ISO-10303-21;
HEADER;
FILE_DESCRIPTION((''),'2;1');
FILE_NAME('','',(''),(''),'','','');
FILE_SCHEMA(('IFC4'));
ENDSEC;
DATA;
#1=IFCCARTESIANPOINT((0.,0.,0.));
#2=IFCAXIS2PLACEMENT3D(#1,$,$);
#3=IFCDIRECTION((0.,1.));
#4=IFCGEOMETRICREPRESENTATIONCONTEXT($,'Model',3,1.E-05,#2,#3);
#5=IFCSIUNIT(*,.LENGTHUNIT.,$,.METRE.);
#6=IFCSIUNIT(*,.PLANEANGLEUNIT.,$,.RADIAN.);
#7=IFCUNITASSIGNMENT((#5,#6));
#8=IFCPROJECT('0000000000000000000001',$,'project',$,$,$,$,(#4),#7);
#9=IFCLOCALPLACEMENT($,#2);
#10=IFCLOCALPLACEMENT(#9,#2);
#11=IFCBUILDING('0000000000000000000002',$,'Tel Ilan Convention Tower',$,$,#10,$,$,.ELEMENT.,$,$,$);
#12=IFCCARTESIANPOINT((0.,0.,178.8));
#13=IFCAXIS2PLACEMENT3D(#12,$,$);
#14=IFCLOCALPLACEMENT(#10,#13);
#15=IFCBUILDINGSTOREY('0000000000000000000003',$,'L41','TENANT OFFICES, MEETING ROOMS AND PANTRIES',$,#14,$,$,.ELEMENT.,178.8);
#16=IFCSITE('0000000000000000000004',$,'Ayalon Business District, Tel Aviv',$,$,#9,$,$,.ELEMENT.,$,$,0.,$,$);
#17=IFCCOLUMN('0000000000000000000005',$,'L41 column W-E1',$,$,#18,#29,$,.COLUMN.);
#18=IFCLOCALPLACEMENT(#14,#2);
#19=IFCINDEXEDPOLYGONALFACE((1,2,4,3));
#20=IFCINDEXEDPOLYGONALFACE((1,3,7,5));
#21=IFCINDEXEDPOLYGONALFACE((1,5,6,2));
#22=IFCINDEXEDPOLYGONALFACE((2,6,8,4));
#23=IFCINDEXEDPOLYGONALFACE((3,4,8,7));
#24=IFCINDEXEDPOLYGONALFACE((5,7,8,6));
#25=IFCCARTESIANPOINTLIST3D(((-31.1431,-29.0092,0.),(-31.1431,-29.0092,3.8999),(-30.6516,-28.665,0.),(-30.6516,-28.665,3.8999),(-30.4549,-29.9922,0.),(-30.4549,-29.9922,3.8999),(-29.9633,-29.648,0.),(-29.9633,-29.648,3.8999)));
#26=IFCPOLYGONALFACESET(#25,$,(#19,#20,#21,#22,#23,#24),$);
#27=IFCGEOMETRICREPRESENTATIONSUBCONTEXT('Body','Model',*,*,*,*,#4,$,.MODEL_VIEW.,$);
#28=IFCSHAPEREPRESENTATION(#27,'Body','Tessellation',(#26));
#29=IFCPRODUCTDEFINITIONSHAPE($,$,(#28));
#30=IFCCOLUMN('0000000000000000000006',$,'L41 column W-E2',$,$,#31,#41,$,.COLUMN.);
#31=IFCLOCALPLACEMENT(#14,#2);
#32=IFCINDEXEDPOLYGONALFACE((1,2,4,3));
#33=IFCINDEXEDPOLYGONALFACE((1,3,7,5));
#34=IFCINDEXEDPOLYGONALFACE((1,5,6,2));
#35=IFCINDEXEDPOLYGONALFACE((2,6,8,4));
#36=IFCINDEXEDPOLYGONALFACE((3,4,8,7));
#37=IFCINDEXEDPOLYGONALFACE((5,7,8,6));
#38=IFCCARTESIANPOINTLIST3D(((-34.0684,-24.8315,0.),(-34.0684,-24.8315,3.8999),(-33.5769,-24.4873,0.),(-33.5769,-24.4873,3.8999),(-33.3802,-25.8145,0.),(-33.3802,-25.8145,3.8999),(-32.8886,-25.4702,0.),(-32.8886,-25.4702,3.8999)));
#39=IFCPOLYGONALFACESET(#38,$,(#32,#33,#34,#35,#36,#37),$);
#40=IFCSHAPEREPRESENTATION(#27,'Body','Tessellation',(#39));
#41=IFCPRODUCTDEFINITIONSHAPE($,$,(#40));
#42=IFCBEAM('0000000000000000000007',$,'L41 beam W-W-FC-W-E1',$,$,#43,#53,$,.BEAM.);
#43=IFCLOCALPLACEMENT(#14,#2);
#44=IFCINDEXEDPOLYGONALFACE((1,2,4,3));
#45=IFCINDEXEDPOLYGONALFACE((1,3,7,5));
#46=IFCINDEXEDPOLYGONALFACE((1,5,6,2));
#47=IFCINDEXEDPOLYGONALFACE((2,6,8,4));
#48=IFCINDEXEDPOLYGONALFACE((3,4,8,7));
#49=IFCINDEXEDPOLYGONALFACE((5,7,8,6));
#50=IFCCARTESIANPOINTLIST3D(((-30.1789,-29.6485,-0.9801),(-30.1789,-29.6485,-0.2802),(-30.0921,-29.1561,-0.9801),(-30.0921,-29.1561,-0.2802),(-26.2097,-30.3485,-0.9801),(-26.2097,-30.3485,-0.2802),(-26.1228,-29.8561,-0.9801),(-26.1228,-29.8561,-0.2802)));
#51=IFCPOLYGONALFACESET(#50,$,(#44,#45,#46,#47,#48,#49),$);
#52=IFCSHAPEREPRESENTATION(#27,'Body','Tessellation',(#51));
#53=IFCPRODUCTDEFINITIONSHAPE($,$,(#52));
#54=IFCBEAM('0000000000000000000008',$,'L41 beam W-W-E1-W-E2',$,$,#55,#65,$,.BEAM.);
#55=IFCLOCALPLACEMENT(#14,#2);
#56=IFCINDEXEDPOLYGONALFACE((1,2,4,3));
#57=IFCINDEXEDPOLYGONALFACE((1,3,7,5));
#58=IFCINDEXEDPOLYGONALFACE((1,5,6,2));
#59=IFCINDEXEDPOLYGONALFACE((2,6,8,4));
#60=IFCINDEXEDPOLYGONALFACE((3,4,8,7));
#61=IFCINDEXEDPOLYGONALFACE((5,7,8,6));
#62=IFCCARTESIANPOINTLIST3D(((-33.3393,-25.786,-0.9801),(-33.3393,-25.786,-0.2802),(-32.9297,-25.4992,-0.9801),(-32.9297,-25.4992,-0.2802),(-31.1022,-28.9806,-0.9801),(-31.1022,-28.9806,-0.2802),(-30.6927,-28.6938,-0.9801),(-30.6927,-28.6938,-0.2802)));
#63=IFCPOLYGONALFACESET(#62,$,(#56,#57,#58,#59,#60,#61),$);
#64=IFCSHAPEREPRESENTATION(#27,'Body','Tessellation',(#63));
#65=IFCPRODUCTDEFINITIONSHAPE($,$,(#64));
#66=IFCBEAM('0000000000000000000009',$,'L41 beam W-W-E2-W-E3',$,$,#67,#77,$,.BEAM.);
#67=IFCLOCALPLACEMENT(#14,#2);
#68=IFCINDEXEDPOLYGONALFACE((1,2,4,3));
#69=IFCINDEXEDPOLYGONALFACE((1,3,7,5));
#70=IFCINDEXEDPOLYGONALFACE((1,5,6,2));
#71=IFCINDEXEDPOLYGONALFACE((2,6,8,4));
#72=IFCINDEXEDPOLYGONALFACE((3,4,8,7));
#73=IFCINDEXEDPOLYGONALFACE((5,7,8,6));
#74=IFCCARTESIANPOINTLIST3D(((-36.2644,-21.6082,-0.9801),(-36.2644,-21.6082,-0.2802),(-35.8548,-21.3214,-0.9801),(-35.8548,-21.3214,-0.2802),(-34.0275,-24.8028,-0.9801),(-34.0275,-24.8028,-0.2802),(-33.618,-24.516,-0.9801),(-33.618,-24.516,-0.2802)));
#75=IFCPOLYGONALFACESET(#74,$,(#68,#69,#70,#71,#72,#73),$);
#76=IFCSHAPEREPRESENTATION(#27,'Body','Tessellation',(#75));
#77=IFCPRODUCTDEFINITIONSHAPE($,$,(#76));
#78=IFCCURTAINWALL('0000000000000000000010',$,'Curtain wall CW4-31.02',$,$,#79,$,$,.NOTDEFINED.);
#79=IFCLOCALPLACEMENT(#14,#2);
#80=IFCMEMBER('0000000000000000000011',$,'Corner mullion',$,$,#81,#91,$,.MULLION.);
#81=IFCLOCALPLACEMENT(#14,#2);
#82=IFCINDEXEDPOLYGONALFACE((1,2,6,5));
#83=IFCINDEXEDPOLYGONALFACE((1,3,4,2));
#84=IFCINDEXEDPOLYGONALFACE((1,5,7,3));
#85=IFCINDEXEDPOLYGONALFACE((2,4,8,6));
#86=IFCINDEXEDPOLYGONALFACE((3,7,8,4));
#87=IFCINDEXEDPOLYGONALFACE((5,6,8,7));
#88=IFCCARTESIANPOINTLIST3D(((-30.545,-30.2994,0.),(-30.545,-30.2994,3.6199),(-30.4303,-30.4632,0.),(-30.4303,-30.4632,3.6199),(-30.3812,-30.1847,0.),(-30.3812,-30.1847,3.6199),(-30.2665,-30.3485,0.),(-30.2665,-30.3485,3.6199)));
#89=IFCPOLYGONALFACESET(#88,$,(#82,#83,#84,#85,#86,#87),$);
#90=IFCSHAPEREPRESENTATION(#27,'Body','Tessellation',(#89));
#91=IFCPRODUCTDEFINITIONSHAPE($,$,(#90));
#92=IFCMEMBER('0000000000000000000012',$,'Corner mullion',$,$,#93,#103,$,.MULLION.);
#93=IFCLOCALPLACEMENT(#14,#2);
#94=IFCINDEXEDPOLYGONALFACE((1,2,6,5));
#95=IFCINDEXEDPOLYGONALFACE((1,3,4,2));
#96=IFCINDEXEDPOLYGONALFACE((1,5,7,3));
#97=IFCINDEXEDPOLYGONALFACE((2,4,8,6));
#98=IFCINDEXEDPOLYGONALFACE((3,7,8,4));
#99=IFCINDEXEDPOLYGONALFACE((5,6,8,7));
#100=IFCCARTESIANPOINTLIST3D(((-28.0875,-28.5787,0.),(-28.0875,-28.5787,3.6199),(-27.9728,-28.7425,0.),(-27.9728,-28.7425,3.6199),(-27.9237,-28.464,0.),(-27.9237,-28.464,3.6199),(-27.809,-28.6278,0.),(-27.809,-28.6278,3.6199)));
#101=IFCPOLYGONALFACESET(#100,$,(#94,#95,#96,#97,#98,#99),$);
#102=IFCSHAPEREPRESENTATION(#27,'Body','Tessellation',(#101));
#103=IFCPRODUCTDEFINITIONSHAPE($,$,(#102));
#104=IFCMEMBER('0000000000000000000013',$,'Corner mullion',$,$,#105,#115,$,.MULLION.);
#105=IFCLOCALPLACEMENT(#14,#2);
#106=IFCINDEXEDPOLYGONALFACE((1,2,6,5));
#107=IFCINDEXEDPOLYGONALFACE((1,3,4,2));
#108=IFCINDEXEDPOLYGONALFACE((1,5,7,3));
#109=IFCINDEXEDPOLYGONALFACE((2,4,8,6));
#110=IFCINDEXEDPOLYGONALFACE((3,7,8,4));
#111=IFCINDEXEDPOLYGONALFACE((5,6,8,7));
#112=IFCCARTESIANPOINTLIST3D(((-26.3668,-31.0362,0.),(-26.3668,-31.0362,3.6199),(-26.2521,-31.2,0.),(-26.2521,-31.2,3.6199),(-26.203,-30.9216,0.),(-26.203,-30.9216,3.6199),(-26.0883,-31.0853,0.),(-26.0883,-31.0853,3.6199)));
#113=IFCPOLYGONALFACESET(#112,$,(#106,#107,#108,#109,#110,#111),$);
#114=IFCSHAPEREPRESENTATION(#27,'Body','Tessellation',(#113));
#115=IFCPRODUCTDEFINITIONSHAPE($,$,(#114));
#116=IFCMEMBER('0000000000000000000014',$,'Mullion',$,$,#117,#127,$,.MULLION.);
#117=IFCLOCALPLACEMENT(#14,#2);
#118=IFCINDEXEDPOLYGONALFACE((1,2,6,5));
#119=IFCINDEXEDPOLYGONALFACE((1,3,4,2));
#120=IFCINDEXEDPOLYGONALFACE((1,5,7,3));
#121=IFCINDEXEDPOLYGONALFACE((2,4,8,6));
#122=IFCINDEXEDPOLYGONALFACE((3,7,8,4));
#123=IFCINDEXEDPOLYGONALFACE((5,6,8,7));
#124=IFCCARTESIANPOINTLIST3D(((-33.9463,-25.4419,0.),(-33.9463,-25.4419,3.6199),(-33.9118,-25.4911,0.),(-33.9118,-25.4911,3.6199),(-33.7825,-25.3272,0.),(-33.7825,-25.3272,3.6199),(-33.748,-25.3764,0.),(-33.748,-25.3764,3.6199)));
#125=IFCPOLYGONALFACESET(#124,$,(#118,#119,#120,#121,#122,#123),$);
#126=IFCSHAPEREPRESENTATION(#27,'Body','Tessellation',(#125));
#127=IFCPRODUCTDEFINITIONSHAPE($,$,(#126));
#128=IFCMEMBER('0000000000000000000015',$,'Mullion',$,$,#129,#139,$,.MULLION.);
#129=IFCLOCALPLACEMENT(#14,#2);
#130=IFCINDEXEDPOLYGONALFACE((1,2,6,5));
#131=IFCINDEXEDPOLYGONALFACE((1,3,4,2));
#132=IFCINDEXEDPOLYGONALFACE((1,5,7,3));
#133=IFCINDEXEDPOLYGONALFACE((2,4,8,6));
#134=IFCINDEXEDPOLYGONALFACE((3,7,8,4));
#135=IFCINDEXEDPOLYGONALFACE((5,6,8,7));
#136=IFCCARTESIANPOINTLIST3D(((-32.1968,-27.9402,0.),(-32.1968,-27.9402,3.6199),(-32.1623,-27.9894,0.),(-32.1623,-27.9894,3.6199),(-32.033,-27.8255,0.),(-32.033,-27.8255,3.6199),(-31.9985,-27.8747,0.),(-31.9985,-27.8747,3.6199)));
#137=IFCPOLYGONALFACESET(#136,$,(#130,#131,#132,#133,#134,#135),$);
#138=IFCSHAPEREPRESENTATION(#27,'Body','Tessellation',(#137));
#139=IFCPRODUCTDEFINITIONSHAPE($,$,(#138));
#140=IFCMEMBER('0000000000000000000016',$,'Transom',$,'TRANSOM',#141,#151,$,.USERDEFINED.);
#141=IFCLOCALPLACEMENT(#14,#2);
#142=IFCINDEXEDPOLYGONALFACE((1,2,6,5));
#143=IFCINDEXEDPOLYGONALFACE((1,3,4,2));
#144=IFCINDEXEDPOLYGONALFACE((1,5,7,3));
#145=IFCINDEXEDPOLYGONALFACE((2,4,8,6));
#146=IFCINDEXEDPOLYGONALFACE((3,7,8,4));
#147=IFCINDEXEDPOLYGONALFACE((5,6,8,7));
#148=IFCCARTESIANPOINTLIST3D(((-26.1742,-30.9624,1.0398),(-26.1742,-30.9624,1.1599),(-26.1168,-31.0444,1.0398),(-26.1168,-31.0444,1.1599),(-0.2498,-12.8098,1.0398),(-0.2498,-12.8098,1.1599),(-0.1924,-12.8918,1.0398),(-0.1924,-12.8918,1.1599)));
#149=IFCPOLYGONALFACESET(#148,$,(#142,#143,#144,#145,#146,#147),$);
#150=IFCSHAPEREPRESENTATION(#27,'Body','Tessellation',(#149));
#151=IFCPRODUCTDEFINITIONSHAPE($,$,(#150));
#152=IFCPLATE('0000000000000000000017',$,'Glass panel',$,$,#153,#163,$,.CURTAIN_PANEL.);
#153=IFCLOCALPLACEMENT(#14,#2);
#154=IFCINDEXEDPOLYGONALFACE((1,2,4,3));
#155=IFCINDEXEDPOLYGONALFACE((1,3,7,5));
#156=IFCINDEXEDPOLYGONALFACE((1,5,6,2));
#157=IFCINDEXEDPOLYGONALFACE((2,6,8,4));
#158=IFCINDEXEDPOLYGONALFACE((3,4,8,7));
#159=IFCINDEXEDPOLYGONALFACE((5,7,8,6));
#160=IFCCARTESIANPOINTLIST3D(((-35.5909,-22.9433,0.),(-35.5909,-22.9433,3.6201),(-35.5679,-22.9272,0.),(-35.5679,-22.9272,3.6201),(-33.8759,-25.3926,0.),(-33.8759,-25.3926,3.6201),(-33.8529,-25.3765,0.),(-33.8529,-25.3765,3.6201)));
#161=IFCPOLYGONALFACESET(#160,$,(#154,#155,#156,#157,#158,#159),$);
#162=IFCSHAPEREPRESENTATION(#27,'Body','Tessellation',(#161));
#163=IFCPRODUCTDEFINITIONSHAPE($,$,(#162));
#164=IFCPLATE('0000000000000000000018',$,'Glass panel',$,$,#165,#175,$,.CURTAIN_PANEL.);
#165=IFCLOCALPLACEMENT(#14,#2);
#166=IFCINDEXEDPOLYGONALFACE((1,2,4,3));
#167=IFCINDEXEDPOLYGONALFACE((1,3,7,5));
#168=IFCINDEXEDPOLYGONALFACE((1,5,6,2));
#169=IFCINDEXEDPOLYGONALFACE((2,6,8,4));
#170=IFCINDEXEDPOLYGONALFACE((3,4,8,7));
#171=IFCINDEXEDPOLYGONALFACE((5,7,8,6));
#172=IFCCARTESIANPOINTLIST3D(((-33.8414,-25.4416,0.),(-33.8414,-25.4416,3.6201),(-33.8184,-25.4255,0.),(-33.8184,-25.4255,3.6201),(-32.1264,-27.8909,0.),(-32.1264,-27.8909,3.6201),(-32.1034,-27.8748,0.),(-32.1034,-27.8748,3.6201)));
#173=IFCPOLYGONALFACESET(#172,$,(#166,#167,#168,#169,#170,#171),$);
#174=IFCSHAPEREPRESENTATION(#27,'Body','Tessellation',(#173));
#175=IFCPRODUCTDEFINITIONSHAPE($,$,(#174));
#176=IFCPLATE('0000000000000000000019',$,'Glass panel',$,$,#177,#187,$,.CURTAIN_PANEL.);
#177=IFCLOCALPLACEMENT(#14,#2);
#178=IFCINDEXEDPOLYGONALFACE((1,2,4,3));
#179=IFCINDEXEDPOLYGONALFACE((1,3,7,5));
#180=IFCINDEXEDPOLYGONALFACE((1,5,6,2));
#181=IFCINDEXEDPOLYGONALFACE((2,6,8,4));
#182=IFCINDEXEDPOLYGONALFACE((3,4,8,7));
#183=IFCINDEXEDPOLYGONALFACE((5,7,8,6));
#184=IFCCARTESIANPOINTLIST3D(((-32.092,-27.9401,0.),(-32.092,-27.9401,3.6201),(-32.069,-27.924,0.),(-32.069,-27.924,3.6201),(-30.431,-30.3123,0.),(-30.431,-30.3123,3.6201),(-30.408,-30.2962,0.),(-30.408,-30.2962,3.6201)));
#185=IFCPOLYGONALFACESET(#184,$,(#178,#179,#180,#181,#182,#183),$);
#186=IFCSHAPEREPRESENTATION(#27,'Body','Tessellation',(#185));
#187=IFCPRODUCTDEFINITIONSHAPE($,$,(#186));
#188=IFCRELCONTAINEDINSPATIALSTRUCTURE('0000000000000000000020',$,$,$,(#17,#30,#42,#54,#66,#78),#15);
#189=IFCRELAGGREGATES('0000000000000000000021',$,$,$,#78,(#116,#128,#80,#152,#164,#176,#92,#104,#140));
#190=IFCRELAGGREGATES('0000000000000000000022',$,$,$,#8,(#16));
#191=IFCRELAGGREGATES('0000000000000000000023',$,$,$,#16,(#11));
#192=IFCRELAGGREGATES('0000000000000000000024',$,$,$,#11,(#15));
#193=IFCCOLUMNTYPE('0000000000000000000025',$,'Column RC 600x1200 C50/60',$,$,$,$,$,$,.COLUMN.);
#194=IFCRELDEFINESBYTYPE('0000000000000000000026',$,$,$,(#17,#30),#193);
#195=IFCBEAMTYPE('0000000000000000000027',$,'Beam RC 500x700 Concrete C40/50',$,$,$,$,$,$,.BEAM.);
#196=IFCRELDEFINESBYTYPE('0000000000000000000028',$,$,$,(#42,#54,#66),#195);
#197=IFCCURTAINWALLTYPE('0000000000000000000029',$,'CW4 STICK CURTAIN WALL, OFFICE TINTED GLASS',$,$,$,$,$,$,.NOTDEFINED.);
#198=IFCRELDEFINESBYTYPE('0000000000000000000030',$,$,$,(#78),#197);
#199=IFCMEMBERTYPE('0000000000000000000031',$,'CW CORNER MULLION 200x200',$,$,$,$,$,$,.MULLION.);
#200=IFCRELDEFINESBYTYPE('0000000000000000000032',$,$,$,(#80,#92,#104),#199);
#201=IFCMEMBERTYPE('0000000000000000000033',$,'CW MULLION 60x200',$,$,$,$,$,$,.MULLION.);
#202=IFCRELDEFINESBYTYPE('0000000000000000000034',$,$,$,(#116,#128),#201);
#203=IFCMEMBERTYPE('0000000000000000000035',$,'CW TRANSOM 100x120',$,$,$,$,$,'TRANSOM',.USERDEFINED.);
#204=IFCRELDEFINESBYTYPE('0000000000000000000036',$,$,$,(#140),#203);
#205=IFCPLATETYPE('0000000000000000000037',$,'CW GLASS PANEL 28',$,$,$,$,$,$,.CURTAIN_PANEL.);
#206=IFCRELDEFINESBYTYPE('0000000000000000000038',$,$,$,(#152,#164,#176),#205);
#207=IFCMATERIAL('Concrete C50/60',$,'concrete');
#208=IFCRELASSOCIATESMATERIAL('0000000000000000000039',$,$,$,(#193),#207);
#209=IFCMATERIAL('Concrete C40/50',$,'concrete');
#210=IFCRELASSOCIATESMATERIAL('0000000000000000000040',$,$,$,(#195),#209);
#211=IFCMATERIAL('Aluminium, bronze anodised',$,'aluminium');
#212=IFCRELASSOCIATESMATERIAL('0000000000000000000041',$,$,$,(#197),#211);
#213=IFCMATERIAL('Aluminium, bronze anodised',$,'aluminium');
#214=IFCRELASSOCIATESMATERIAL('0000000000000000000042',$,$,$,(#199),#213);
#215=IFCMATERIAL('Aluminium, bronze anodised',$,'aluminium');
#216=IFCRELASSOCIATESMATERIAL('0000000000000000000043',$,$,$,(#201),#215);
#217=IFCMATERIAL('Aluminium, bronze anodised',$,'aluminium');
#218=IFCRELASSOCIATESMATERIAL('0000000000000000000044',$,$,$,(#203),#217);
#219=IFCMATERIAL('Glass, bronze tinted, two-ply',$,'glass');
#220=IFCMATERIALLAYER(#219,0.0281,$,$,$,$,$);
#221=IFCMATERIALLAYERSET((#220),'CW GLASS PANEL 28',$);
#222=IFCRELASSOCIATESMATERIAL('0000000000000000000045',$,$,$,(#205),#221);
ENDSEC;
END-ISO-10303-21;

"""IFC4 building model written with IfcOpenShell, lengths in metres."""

from ifc_helpers import new_model, si_unit, direction, frame, origin, origin_2d, place, context, subcontext, project, spatial, rectangle, extrude, material, layer, layer_set, material_profile, profile_set, type_object, element, aggregate, save


model = new_model("IFC4")

# Units and contexts
model_context = context("Model", 3, precision=1e-05, world=origin(), true_north=direction((0.0, 1.0)))
body_context = subcontext(model_context, "Body", "Model", "MODEL_VIEW")
ifc_project = project(units=[si_unit("LENGTHUNIT", "METRE"), si_unit("PLANEANGLEUNIT", "RADIAN")], contexts=[model_context])

# Site, building, storey
site_placement = place(None, origin())
site = spatial("IfcSite", under=ifc_project, at=site_placement, Name="Ayalon Business District, Tel Aviv", CompositionType="ELEMENT", RefElevation=0.0)
building_placement = place(site_placement, origin())
building = spatial("IfcBuilding", under=site, at=building_placement, Name="Tel Ilan Convention Tower", CompositionType="ELEMENT")
storey_placement = place(building_placement, frame((0.0, 0.0, 178.8)))
storey = spatial("IfcBuildingStorey", under=building, at=storey_placement, Name="L41", Description="TENANT OFFICES, MEETING ROOMS AND PANTRIES", CompositionType="ELEMENT", Elevation=178.8)

# Columns
ifc_material_1 = material(Name="Concrete C50/60", Category="concrete")
ifc_material_profile_1 = material_profile(ifc_material_1, rectangle(XDim=1.2, YDim=0.6001, at=origin_2d()), Name="RC 600x1200")
ifc_profile_set_1 = profile_set([ifc_material_profile_1], Name="Concrete C50/60")
column_type = type_object("IfcColumnType", Name="Column RC 600x1200 C50/60", PredefinedType="COLUMN", material=ifc_profile_set_1)
for number, where, z_axis, x_axis, name in (
    (1, (-30.5532, -29.3286, 0.0), (0.0, 0.0, 1.0), (-0.573576, 0.819152, 0.0), "L41 column W-E1"),
    (2, (-33.4785, -25.1509, 0.0), (0.0, 0.0, 1.0), (-0.573576, 0.819152, 0.0), "L41 column W-E2"),
):
    element("IfcColumn", number, at=place(storey_placement, frame(where, z_axis=z_axis, x_axis=x_axis)), inside=storey, type_object=column_type, Name=name, PredefinedType="COLUMN", context=body_context, shape_type="SweptSolid", body=[
        extrude(rectangle(XDim=1.2, YDim=0.6001, at=origin_2d()), origin(), (0.0, 0.0, 1.0), 3.8999),
    ])

# Beams
ifc_material_2 = material(Name="Concrete C40/50", Category="concrete")
ifc_material_profile_2 = material_profile(ifc_material_2, rectangle(XDim=0.5, YDim=0.7, at=origin_2d()), Name="RC 500x700")
ifc_profile_set_2 = profile_set([ifc_material_profile_2], Name="Concrete C40/50")
beam_type = type_object("IfcBeamType", Name="Beam RC 500x700 Concrete C40/50", PredefinedType="BEAM", material=ifc_profile_set_2)
beam_placement = place(storey_placement, frame((-26.1663, -30.1023, -0.6301), z_axis=(-0.984805, 0.173664, 0.0), x_axis=(-0.173664, -0.984805, 0.0)))
element("IfcBeam", 3, at=beam_placement, inside=storey, type_object=beam_type, Name="L41 beam W-W-FC-W-E1", PredefinedType="BEAM", context=body_context, shape_type="SweptSolid", body=[
    extrude(rectangle(XDim=0.5, YDim=0.7, at=origin_2d()), origin(), (0.0, 0.0, 1.0), 4.0305),
])
for number, where, z_axis, x_axis, name in (
    (4, (-30.8975, -28.8372, -0.6301), (-0.573609, 0.819129, 0.0), (-0.819129, -0.573609, 0.0), "L41 beam W-W-E1-W-E2"),
    (5, (-33.8228, -24.6594, -0.6301), (-0.573567, 0.819158, 0.0), (-0.819158, -0.573567, 0.0), "L41 beam W-W-E2-W-E3"),
):
    element("IfcBeam", number, at=place(storey_placement, frame(where, z_axis=z_axis, x_axis=x_axis)), inside=storey, type_object=beam_type, Name=name, PredefinedType="BEAM", context=body_context, shape_type="SweptSolid", body=[
        extrude(rectangle(XDim=0.5, YDim=0.7, at=origin_2d()), origin(), (0.0, 0.0, 1.0), 3.8999),
    ])

# Curtain wall, members, plates
ifc_material_3 = material(Name="Aluminium, bronze anodised", Category="aluminium")
curtain_wall_type = type_object("IfcCurtainWallType", Name="CW4 STICK CURTAIN WALL, OFFICE TINTED GLASS", PredefinedType="NOTDEFINED", material=ifc_material_3)
curtain_wall_placement = place(storey_placement, origin())
curtain_wall = element("IfcCurtainWall", 6, at=curtain_wall_placement, inside=storey, type_object=curtain_wall_type, Name="Curtain wall CW4-31.02", PredefinedType="NOTDEFINED")
ifc_material_4 = material(Name="Aluminium, bronze anodised", Category="aluminium")
ifc_material_profile_3 = material_profile(ifc_material_4, rectangle(XDim=0.2, YDim=0.2, at=origin_2d()), Name="CW CORNER MULLION 200x200")
ifc_profile_set_3 = profile_set([ifc_material_profile_3], Name="Aluminium, bronze anodised")
member_type_1 = type_object("IfcMemberType", Name="CW CORNER MULLION 200x200", PredefinedType="MULLION", material=ifc_profile_set_3)
member_1_placement = place(storey_placement, frame((-30.4058, -30.324, 0.0), z_axis=(0.0, 0.0, 1.0), x_axis=(0.573576, -0.819152, 0.0)))
member_1 = element("IfcMember", 7, at=member_1_placement, type_object=member_type_1, Name="Corner mullion", PredefinedType="MULLION", context=body_context, shape_type="SweptSolid", body=[
    extrude(rectangle(XDim=0.2, YDim=0.2, at=origin_2d()), origin(), (0.0, 0.0, 1.0), 3.6199),
])
member_2_placement = place(storey_placement, frame((-27.9482, -28.6033, 0.0), z_axis=(0.0, 0.0, 1.0), x_axis=(0.819152, 0.573576, 0.0)))
member_2 = element("IfcMember", 8, at=member_2_placement, type_object=member_type_1, Name="Corner mullion", PredefinedType="MULLION", context=body_context, shape_type="SweptSolid", body=[
    extrude(rectangle(XDim=0.2, YDim=0.2, at=origin_2d()), origin(), (0.0, 0.0, 1.0), 3.6199),
])
member_3_placement = place(storey_placement, frame((-26.2275, -31.0608, 0.0), z_axis=(0.0, 0.0, 1.0), x_axis=(0.573576, -0.819152, 0.0)))
member_3 = element("IfcMember", 9, at=member_3_placement, type_object=member_type_1, Name="Corner mullion", PredefinedType="MULLION", context=body_context, shape_type="SweptSolid", body=[
    extrude(rectangle(XDim=0.2, YDim=0.2, at=origin_2d()), origin(), (0.0, 0.0, 1.0), 3.6199),
])
ifc_material_5 = material(Name="Aluminium, bronze anodised", Category="aluminium")
ifc_material_profile_4 = material_profile(ifc_material_5, rectangle(XDim=0.0601, YDim=0.2, at=origin_2d()), Name="CW MULLION 60x200")
ifc_profile_set_4 = profile_set([ifc_material_profile_4], Name="Aluminium, bronze anodised")
member_type_2 = type_object("IfcMemberType", Name="CW MULLION 60x200", PredefinedType="MULLION", material=ifc_profile_set_4)
member_4_placement = place(storey_placement, frame((-33.8472, -25.4092, 0.0), z_axis=(0.0, 0.0, 1.0), x_axis=(0.573576, -0.819152, 0.0)))
member_4 = element("IfcMember", 10, at=member_4_placement, type_object=member_type_2, Name="Mullion", PredefinedType="MULLION", context=body_context, shape_type="SweptSolid", body=[
    extrude(rectangle(XDim=0.0601, YDim=0.2, at=origin_2d()), origin(), (0.0, 0.0, 1.0), 3.6199),
])
member_5_placement = place(storey_placement, frame((-32.0977, -27.9075, 0.0), z_axis=(0.0, 0.0, 1.0), x_axis=(0.573576, -0.819152, 0.0)))
member_5 = element("IfcMember", 11, at=member_5_placement, type_object=member_type_2, Name="Mullion", PredefinedType="MULLION", context=body_context, shape_type="SweptSolid", body=[
    extrude(rectangle(XDim=0.0601, YDim=0.2, at=origin_2d()), origin(), (0.0, 0.0, 1.0), 3.6199),
])
ifc_material_6 = material(Name="Aluminium, bronze anodised", Category="aluminium")
ifc_material_profile_5 = material_profile(ifc_material_6, rectangle(XDim=0.1001, YDim=0.1201, at=origin_2d()), Name="CW TRANSOM 100x120")
ifc_profile_set_5 = profile_set([ifc_material_profile_5], Name="Aluminium, bronze anodised")
member_type_3 = type_object("IfcMemberType", Name="CW TRANSOM 100x120", ElementType="TRANSOM", PredefinedType="USERDEFINED", material=ifc_profile_set_5)
member_6_placement = place(storey_placement, frame((-26.1455, -31.0034, 1.0999), z_axis=(0.819149, 0.57358, 0.0), x_axis=(-0.57358, 0.819149, 0.0)))
member_6 = element("IfcMember", 12, at=member_6_placement, type_object=member_type_3, Name="Transom", ObjectType="TRANSOM", PredefinedType="USERDEFINED", context=body_context, shape_type="SweptSolid", body=[
    extrude(rectangle(XDim=0.1001, YDim=0.1201, at=origin_2d()), origin(), (0.0, 0.0, 1.0), 31.6479),
])
ifc_material_7 = material(Name="Glass, bronze tinted, two-ply", Category="glass")
ifc_layer_1 = layer(ifc_material_7, 0.0281)
ifc_layer_set_1 = layer_set([ifc_layer_1], Name="CW GLASS PANEL 28")
plate_type = type_object("IfcPlateType", Name="CW GLASS PANEL 28", PredefinedType="CURTAIN_PANEL", material=ifc_layer_set_1)
plate_1_placement = place(storey_placement, frame((-34.7219, -24.1599, 0.0), z_axis=(0.0, 0.0, 1.0), x_axis=(0.573576, -0.819152, 0.0)))
plate_1 = element("IfcPlate", 13, at=plate_1_placement, type_object=plate_type, Name="Glass panel", PredefinedType="CURTAIN_PANEL", context=body_context, shape_type="SweptSolid", body=[
    extrude(rectangle(XDim=2.99, YDim=0.0281, at=origin_2d()), origin(), (0.0, 0.0, 1.0), 3.6201),
])
plate_2_placement = place(storey_placement, frame((-32.9724, -26.6582, 0.0), z_axis=(0.0, 0.0, 1.0), x_axis=(0.573576, -0.819152, 0.0)))
plate_2 = element("IfcPlate", 14, at=plate_2_placement, type_object=plate_type, Name="Glass panel", PredefinedType="CURTAIN_PANEL", context=body_context, shape_type="SweptSolid", body=[
    extrude(rectangle(XDim=2.99, YDim=0.0281, at=origin_2d()), origin(), (0.0, 0.0, 1.0), 3.6201),
])
plate_3_placement = place(storey_placement, frame((-31.25, -29.1182, 0.0), z_axis=(0.0, 0.0, 1.0), x_axis=(0.573576, -0.819152, 0.0)))
plate_3 = element("IfcPlate", 15, at=plate_3_placement, type_object=plate_type, Name="Glass panel", PredefinedType="CURTAIN_PANEL", context=body_context, shape_type="SweptSolid", body=[
    extrude(rectangle(XDim=2.896, YDim=0.0281, at=origin_2d()), origin(), (0.0, 0.0, 1.0), 3.6201),
])
aggregate(curtain_wall, [member_4, member_5, member_1, plate_1, plate_2, plate_3, member_2, member_3, member_6])

save(model, "model.ifc")
